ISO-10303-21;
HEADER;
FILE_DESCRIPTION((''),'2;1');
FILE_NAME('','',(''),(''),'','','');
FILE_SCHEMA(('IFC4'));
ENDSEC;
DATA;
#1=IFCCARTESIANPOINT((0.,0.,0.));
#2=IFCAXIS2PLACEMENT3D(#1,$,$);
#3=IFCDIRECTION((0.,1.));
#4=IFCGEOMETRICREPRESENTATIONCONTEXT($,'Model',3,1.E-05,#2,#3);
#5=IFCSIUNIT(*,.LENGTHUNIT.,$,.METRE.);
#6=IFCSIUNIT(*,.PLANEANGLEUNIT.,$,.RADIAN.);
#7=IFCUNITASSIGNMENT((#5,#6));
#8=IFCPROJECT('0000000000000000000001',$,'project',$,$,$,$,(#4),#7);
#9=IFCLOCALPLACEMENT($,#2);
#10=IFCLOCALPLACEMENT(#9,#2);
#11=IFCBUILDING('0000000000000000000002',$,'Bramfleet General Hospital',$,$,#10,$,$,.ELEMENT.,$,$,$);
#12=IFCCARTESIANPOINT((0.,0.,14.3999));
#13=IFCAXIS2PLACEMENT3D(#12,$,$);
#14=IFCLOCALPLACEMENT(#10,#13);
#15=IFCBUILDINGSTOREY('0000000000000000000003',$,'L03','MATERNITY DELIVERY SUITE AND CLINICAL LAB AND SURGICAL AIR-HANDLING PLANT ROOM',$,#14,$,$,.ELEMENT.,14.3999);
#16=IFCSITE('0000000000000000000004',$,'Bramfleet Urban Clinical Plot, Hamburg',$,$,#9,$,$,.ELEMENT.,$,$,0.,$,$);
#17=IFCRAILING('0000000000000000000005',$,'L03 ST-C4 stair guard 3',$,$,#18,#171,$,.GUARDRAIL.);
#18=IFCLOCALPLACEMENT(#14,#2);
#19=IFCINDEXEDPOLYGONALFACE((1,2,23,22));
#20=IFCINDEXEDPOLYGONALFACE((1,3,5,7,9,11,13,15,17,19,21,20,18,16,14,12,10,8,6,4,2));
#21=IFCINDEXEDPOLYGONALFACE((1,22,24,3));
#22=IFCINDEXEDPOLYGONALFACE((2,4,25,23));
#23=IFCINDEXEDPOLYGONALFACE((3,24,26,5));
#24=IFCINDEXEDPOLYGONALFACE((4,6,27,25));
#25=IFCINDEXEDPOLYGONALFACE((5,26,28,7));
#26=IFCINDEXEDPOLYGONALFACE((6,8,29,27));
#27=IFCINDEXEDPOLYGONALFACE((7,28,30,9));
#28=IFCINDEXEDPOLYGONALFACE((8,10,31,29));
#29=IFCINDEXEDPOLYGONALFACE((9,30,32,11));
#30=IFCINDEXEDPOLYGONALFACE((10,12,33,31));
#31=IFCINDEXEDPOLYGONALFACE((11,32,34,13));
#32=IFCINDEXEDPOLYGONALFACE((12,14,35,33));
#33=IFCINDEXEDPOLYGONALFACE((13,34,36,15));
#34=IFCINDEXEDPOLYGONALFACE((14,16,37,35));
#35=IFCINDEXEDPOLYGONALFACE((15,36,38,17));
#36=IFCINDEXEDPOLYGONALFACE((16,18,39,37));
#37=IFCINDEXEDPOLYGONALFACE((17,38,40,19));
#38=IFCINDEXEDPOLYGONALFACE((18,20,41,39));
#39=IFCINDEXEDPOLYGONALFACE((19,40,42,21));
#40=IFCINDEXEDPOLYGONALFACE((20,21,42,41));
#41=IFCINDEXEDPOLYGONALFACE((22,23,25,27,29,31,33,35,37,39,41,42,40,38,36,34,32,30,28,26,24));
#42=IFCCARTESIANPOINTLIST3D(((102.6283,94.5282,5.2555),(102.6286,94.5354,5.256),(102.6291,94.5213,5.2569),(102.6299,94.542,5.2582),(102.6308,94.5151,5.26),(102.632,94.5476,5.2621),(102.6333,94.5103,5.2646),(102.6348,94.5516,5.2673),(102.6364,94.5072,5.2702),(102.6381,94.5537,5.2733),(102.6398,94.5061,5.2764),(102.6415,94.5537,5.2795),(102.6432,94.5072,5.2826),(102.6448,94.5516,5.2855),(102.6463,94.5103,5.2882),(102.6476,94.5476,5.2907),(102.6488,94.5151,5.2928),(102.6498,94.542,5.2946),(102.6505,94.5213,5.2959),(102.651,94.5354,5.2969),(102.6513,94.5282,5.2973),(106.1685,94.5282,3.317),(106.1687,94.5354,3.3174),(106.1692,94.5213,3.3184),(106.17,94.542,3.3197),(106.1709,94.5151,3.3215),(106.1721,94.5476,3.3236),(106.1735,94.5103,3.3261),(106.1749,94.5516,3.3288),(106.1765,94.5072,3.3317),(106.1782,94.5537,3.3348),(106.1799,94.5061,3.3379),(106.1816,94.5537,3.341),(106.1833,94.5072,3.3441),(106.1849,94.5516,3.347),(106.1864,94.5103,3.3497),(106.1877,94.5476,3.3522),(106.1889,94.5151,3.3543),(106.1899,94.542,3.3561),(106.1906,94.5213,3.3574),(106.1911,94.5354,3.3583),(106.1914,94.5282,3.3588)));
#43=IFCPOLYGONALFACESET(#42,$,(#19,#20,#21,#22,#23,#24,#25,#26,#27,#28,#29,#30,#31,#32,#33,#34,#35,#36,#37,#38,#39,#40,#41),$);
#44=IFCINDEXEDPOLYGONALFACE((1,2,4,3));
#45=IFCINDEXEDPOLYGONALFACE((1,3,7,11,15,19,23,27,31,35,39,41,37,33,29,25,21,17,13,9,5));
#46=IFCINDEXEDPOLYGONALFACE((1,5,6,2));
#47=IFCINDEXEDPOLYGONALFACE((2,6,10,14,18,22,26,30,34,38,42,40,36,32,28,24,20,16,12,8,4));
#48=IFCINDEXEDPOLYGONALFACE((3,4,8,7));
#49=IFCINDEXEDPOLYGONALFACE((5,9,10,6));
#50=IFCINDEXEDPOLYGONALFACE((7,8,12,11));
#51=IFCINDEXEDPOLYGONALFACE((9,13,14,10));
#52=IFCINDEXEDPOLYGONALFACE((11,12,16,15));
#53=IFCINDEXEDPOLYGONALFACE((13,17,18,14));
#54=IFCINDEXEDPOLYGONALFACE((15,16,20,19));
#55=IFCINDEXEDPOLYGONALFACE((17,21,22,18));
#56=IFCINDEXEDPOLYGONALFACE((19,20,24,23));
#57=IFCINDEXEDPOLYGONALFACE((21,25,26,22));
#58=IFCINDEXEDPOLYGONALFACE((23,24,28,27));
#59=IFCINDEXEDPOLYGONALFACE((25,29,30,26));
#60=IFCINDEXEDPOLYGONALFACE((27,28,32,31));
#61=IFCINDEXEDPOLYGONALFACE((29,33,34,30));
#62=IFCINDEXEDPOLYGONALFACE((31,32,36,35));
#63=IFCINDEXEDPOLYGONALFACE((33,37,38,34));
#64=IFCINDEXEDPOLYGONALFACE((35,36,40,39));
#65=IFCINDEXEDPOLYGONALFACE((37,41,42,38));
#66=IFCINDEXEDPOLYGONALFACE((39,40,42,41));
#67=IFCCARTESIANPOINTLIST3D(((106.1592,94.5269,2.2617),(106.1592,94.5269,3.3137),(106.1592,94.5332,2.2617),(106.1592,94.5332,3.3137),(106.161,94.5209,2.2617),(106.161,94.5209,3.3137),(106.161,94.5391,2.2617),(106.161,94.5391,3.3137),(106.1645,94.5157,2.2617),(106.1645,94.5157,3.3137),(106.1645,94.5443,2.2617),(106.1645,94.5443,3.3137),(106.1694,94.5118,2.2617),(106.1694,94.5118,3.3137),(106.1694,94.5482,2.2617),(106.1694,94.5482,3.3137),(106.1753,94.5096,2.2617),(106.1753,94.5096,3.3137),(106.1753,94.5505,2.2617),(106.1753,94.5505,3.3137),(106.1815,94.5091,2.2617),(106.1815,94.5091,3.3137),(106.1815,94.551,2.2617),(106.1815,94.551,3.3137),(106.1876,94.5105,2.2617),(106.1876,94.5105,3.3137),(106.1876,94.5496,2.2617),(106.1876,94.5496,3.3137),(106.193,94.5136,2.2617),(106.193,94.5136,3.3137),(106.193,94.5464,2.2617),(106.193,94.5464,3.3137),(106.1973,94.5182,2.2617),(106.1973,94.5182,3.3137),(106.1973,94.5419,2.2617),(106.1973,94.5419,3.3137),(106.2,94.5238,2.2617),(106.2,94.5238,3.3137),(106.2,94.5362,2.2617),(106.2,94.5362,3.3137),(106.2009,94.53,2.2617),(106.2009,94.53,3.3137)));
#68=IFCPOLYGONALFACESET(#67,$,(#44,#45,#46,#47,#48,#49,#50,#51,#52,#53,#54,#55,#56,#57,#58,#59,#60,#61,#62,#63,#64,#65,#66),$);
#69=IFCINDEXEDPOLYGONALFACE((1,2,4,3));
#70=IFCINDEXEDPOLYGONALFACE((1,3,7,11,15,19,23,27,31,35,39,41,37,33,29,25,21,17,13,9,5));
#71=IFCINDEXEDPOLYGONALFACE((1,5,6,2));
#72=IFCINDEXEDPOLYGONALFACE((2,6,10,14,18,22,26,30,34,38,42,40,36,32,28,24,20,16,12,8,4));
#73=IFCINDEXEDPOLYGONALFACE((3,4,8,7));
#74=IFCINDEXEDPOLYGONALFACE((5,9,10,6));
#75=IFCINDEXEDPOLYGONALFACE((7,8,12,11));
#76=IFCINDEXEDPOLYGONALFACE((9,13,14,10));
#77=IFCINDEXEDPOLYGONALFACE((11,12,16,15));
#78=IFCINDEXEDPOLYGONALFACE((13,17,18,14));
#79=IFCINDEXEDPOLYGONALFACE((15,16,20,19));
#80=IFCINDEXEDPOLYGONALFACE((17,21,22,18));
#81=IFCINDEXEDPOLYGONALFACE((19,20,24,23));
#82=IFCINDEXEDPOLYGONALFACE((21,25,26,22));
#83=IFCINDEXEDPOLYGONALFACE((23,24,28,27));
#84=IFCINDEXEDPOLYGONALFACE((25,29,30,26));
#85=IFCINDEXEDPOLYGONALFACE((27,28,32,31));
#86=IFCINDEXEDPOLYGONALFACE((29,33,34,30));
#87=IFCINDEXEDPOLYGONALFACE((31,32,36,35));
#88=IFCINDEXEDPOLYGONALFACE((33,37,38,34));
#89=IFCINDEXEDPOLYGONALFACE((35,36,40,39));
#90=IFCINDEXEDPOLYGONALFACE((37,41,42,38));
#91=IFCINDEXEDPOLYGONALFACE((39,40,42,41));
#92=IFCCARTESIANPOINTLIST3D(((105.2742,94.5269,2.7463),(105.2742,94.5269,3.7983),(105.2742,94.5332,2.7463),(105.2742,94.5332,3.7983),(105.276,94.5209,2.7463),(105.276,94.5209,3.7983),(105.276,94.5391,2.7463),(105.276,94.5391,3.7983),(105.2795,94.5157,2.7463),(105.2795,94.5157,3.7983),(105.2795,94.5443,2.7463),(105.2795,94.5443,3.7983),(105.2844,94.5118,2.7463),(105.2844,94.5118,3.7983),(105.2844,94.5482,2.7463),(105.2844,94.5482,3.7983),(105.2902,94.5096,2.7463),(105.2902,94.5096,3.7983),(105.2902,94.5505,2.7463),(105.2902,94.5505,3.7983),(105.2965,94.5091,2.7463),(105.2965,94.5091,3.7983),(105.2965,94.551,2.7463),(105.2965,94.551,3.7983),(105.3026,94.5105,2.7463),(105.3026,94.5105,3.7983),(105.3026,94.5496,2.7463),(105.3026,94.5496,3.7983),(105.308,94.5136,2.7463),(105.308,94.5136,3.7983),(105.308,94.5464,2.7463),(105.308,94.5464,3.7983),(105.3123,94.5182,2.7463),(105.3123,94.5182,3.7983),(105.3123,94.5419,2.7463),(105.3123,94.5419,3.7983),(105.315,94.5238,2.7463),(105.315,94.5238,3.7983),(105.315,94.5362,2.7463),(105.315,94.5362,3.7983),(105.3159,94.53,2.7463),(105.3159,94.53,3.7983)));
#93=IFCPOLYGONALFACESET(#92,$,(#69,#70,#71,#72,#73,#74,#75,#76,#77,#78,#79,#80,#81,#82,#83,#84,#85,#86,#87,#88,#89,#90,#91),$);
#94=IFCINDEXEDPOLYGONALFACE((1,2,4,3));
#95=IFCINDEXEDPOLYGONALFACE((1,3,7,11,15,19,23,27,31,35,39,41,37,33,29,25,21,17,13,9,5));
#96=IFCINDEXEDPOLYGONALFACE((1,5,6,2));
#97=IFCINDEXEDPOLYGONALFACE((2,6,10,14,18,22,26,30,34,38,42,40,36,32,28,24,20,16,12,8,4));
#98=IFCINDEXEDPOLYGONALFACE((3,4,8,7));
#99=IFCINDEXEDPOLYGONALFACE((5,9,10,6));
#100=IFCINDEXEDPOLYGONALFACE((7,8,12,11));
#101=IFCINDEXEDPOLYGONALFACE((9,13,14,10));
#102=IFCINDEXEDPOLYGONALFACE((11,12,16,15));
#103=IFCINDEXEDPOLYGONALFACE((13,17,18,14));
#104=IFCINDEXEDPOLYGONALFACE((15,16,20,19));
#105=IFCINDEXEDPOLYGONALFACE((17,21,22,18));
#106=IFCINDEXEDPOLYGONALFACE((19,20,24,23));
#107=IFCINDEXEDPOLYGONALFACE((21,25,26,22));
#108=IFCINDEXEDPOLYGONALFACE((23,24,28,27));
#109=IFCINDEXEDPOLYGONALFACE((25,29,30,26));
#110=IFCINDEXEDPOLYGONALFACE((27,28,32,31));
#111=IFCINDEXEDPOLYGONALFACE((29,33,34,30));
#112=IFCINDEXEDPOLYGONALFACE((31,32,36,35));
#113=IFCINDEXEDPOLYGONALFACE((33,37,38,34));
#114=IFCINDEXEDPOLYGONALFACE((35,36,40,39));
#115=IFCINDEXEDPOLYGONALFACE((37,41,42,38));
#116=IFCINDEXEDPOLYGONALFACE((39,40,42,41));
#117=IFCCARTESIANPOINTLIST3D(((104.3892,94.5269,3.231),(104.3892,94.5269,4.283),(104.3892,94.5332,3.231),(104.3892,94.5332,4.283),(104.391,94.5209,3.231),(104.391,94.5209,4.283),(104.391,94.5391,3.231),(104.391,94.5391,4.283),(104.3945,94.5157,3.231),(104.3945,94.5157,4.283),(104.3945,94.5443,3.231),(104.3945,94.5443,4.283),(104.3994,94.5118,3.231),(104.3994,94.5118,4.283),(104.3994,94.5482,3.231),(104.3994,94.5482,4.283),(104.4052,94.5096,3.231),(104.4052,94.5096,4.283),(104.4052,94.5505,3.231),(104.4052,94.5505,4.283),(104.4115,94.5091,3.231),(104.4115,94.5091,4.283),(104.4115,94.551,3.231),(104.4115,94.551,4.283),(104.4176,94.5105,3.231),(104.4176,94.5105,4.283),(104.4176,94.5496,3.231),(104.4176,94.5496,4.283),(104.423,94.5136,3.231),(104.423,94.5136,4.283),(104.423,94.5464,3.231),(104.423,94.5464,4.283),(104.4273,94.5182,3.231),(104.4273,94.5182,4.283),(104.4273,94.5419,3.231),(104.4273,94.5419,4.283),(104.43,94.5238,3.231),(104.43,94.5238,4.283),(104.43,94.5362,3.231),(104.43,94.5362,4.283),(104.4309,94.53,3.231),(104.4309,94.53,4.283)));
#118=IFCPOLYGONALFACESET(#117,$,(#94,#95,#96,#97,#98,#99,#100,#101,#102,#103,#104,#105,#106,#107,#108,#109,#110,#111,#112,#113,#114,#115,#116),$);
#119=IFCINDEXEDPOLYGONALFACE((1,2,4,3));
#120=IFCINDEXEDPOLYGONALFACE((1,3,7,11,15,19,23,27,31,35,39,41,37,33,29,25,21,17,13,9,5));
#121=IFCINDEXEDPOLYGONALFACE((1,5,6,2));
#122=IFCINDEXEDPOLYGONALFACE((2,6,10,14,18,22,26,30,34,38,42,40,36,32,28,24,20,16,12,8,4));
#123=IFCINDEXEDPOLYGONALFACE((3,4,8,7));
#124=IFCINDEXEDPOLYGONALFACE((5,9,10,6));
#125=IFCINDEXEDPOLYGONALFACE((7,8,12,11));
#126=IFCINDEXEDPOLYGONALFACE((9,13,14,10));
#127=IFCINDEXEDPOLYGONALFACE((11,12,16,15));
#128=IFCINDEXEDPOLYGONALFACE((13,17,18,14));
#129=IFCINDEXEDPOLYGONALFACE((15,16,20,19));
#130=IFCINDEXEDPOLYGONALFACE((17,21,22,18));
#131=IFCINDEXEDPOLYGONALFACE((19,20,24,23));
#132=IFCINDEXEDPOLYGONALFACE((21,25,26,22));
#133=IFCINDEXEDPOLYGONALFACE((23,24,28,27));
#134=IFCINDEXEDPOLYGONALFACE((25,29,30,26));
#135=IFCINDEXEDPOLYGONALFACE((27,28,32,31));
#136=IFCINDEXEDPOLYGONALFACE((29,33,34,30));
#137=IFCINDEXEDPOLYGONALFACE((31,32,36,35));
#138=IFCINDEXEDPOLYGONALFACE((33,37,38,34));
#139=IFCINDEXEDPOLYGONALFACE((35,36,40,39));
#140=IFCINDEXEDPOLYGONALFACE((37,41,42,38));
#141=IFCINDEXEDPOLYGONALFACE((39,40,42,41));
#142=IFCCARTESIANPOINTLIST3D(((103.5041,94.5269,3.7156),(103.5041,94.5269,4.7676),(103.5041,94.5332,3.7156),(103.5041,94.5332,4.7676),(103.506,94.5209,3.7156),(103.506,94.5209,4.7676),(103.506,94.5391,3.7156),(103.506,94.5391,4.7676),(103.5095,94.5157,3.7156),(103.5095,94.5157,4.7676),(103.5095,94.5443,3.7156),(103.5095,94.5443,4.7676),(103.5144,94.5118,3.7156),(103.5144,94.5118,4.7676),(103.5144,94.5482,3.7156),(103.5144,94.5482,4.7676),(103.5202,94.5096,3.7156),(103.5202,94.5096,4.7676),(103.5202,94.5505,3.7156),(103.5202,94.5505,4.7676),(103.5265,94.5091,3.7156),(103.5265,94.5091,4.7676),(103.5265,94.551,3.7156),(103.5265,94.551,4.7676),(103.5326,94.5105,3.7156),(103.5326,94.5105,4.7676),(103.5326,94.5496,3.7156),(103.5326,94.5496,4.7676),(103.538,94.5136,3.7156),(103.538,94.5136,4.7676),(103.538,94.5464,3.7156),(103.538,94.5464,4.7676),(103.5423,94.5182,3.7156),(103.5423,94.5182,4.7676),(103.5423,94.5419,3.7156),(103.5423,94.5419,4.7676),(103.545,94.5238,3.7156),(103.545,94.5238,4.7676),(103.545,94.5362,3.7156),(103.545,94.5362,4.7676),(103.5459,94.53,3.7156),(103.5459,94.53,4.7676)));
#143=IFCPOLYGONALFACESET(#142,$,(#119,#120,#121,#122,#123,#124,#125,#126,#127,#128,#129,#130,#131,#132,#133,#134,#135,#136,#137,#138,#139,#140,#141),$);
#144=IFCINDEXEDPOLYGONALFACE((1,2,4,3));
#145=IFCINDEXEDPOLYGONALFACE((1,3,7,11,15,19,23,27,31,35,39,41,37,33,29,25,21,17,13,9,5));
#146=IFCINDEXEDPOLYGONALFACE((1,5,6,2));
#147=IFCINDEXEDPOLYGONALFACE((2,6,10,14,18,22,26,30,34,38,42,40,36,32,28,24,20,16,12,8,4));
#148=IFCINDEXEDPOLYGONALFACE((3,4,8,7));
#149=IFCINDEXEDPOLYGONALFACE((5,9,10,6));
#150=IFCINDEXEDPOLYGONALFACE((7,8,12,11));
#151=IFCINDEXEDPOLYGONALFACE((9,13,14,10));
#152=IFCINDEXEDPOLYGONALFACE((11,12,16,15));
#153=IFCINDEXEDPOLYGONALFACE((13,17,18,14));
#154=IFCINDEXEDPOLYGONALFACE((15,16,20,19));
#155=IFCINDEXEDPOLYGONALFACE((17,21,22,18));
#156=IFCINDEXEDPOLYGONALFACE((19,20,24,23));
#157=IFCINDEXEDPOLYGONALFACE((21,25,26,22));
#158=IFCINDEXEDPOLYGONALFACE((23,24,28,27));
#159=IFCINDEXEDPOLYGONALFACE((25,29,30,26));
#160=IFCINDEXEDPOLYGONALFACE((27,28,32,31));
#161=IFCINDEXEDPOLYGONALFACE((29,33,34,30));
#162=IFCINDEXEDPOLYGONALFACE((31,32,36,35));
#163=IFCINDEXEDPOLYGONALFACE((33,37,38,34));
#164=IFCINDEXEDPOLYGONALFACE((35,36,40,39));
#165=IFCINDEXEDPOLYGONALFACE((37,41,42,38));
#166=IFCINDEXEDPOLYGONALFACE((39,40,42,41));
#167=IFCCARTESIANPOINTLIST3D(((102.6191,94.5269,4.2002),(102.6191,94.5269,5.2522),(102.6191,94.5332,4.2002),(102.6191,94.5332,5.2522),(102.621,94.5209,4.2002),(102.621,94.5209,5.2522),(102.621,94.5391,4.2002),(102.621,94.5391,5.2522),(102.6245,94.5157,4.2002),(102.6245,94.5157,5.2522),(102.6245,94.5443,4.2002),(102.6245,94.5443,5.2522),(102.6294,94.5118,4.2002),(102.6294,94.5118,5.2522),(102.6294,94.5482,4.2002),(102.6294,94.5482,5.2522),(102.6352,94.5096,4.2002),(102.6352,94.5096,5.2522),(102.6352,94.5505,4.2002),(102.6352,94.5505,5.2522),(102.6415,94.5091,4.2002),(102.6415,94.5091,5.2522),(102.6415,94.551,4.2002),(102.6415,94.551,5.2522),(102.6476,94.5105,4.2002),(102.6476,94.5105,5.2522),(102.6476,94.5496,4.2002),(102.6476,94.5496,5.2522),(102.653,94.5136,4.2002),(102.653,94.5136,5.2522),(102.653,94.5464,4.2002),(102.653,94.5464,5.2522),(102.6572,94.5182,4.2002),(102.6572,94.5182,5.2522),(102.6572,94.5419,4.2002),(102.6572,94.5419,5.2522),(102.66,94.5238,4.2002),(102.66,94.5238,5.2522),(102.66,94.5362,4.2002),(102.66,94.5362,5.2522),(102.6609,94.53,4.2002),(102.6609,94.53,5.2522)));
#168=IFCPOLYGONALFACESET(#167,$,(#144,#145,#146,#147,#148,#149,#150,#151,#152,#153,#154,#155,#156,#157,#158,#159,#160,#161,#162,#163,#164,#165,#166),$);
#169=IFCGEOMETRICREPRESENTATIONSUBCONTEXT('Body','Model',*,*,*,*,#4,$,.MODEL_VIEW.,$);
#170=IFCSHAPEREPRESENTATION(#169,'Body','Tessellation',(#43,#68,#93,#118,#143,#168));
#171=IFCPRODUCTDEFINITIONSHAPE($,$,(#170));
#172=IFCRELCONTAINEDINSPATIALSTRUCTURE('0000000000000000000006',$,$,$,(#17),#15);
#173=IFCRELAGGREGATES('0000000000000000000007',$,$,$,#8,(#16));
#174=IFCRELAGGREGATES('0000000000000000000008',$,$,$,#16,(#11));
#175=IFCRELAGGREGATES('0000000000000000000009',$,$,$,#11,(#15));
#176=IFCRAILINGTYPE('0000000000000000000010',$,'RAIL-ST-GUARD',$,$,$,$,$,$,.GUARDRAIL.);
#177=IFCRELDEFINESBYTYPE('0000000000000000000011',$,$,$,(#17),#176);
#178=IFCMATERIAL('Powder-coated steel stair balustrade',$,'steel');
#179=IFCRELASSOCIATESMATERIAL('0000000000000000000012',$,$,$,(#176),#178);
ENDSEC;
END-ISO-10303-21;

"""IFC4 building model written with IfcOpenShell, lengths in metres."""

from ifc_helpers import new_model, si_unit, direction, frame, origin, origin_2d, place, context, subcontext, project, spatial, circle, extrude, material, type_object, element, save


model = new_model("IFC4")

# Units and contexts
model_context = context("Model", 3, precision=1e-05, world=origin(), true_north=direction((0.0, 1.0)))
body_context = subcontext(model_context, "Body", "Model", "MODEL_VIEW")
ifc_project = project(units=[si_unit("LENGTHUNIT", "METRE"), si_unit("PLANEANGLEUNIT", "RADIAN")], contexts=[model_context])

# Site, building, storey
site_placement = place(None, origin())
site = spatial("IfcSite", under=ifc_project, at=site_placement, Name="Bramfleet Urban Clinical Plot, Hamburg", CompositionType="ELEMENT", RefElevation=0.0)
building_placement = place(site_placement, origin())
building = spatial("IfcBuilding", under=site, at=building_placement, Name="Bramfleet General Hospital", CompositionType="ELEMENT")
storey_placement = place(building_placement, frame((0.0, 0.0, 14.3999)))
storey = spatial("IfcBuildingStorey", under=building, at=storey_placement, Name="L03", Description="MATERNITY DELIVERY SUITE AND CLINICAL LAB AND SURGICAL AIR-HANDLING PLANT ROOM", CompositionType="ELEMENT", Elevation=14.3999)

# Railing
ifc_material_1 = material(Name="Powder-coated steel stair balustrade", Category="steel")
railing_type_1 = type_object("IfcRailingType", Name="RAIL-ST-GUARD", PredefinedType="GUARDRAIL", material=ifc_material_1)
railing_1_placement = place(storey_placement, frame((106.1799, 94.53, 2.2617)))
element("IfcRailing", 1, at=railing_1_placement, inside=storey, type_object=railing_type_1, Name="L03 ST-C4 stair guard 3", PredefinedType="GUARDRAIL", context=body_context, shape_type="SweptSolid", body=[
    extrude(circle(Radius=0.0239, at=origin_2d()), frame((0.0, 0.0, 1.0762), z_axis=(-0.877108, 0.0, 0.480292), x_axis=(0.0, -1.0, 0.0)), (0.0, 0.0, 1.0), 4.0361),
    extrude(circle(Radius=0.021, at=origin_2d()), origin(), (0.0, 0.0, 1.0), 1.052),
    extrude(circle(Radius=0.021, at=origin_2d()), frame((-0.885, 0.0, 0.4846)), (0.0, 0.0, 1.0), 1.052),
    extrude(circle(Radius=0.021, at=origin_2d()), frame((-1.77, 0.0, 0.9692)), (0.0, 0.0, 1.0), 1.052),
    extrude(circle(Radius=0.021, at=origin_2d()), frame((-2.655, 0.0, 1.4539)), (0.0, 0.0, 1.0), 1.052),
    extrude(circle(Radius=0.021, at=origin_2d()), frame((-3.54, 0.0, 1.9385)), (0.0, 0.0, 1.0), 1.052),
])

save(model, "model.ifc")
